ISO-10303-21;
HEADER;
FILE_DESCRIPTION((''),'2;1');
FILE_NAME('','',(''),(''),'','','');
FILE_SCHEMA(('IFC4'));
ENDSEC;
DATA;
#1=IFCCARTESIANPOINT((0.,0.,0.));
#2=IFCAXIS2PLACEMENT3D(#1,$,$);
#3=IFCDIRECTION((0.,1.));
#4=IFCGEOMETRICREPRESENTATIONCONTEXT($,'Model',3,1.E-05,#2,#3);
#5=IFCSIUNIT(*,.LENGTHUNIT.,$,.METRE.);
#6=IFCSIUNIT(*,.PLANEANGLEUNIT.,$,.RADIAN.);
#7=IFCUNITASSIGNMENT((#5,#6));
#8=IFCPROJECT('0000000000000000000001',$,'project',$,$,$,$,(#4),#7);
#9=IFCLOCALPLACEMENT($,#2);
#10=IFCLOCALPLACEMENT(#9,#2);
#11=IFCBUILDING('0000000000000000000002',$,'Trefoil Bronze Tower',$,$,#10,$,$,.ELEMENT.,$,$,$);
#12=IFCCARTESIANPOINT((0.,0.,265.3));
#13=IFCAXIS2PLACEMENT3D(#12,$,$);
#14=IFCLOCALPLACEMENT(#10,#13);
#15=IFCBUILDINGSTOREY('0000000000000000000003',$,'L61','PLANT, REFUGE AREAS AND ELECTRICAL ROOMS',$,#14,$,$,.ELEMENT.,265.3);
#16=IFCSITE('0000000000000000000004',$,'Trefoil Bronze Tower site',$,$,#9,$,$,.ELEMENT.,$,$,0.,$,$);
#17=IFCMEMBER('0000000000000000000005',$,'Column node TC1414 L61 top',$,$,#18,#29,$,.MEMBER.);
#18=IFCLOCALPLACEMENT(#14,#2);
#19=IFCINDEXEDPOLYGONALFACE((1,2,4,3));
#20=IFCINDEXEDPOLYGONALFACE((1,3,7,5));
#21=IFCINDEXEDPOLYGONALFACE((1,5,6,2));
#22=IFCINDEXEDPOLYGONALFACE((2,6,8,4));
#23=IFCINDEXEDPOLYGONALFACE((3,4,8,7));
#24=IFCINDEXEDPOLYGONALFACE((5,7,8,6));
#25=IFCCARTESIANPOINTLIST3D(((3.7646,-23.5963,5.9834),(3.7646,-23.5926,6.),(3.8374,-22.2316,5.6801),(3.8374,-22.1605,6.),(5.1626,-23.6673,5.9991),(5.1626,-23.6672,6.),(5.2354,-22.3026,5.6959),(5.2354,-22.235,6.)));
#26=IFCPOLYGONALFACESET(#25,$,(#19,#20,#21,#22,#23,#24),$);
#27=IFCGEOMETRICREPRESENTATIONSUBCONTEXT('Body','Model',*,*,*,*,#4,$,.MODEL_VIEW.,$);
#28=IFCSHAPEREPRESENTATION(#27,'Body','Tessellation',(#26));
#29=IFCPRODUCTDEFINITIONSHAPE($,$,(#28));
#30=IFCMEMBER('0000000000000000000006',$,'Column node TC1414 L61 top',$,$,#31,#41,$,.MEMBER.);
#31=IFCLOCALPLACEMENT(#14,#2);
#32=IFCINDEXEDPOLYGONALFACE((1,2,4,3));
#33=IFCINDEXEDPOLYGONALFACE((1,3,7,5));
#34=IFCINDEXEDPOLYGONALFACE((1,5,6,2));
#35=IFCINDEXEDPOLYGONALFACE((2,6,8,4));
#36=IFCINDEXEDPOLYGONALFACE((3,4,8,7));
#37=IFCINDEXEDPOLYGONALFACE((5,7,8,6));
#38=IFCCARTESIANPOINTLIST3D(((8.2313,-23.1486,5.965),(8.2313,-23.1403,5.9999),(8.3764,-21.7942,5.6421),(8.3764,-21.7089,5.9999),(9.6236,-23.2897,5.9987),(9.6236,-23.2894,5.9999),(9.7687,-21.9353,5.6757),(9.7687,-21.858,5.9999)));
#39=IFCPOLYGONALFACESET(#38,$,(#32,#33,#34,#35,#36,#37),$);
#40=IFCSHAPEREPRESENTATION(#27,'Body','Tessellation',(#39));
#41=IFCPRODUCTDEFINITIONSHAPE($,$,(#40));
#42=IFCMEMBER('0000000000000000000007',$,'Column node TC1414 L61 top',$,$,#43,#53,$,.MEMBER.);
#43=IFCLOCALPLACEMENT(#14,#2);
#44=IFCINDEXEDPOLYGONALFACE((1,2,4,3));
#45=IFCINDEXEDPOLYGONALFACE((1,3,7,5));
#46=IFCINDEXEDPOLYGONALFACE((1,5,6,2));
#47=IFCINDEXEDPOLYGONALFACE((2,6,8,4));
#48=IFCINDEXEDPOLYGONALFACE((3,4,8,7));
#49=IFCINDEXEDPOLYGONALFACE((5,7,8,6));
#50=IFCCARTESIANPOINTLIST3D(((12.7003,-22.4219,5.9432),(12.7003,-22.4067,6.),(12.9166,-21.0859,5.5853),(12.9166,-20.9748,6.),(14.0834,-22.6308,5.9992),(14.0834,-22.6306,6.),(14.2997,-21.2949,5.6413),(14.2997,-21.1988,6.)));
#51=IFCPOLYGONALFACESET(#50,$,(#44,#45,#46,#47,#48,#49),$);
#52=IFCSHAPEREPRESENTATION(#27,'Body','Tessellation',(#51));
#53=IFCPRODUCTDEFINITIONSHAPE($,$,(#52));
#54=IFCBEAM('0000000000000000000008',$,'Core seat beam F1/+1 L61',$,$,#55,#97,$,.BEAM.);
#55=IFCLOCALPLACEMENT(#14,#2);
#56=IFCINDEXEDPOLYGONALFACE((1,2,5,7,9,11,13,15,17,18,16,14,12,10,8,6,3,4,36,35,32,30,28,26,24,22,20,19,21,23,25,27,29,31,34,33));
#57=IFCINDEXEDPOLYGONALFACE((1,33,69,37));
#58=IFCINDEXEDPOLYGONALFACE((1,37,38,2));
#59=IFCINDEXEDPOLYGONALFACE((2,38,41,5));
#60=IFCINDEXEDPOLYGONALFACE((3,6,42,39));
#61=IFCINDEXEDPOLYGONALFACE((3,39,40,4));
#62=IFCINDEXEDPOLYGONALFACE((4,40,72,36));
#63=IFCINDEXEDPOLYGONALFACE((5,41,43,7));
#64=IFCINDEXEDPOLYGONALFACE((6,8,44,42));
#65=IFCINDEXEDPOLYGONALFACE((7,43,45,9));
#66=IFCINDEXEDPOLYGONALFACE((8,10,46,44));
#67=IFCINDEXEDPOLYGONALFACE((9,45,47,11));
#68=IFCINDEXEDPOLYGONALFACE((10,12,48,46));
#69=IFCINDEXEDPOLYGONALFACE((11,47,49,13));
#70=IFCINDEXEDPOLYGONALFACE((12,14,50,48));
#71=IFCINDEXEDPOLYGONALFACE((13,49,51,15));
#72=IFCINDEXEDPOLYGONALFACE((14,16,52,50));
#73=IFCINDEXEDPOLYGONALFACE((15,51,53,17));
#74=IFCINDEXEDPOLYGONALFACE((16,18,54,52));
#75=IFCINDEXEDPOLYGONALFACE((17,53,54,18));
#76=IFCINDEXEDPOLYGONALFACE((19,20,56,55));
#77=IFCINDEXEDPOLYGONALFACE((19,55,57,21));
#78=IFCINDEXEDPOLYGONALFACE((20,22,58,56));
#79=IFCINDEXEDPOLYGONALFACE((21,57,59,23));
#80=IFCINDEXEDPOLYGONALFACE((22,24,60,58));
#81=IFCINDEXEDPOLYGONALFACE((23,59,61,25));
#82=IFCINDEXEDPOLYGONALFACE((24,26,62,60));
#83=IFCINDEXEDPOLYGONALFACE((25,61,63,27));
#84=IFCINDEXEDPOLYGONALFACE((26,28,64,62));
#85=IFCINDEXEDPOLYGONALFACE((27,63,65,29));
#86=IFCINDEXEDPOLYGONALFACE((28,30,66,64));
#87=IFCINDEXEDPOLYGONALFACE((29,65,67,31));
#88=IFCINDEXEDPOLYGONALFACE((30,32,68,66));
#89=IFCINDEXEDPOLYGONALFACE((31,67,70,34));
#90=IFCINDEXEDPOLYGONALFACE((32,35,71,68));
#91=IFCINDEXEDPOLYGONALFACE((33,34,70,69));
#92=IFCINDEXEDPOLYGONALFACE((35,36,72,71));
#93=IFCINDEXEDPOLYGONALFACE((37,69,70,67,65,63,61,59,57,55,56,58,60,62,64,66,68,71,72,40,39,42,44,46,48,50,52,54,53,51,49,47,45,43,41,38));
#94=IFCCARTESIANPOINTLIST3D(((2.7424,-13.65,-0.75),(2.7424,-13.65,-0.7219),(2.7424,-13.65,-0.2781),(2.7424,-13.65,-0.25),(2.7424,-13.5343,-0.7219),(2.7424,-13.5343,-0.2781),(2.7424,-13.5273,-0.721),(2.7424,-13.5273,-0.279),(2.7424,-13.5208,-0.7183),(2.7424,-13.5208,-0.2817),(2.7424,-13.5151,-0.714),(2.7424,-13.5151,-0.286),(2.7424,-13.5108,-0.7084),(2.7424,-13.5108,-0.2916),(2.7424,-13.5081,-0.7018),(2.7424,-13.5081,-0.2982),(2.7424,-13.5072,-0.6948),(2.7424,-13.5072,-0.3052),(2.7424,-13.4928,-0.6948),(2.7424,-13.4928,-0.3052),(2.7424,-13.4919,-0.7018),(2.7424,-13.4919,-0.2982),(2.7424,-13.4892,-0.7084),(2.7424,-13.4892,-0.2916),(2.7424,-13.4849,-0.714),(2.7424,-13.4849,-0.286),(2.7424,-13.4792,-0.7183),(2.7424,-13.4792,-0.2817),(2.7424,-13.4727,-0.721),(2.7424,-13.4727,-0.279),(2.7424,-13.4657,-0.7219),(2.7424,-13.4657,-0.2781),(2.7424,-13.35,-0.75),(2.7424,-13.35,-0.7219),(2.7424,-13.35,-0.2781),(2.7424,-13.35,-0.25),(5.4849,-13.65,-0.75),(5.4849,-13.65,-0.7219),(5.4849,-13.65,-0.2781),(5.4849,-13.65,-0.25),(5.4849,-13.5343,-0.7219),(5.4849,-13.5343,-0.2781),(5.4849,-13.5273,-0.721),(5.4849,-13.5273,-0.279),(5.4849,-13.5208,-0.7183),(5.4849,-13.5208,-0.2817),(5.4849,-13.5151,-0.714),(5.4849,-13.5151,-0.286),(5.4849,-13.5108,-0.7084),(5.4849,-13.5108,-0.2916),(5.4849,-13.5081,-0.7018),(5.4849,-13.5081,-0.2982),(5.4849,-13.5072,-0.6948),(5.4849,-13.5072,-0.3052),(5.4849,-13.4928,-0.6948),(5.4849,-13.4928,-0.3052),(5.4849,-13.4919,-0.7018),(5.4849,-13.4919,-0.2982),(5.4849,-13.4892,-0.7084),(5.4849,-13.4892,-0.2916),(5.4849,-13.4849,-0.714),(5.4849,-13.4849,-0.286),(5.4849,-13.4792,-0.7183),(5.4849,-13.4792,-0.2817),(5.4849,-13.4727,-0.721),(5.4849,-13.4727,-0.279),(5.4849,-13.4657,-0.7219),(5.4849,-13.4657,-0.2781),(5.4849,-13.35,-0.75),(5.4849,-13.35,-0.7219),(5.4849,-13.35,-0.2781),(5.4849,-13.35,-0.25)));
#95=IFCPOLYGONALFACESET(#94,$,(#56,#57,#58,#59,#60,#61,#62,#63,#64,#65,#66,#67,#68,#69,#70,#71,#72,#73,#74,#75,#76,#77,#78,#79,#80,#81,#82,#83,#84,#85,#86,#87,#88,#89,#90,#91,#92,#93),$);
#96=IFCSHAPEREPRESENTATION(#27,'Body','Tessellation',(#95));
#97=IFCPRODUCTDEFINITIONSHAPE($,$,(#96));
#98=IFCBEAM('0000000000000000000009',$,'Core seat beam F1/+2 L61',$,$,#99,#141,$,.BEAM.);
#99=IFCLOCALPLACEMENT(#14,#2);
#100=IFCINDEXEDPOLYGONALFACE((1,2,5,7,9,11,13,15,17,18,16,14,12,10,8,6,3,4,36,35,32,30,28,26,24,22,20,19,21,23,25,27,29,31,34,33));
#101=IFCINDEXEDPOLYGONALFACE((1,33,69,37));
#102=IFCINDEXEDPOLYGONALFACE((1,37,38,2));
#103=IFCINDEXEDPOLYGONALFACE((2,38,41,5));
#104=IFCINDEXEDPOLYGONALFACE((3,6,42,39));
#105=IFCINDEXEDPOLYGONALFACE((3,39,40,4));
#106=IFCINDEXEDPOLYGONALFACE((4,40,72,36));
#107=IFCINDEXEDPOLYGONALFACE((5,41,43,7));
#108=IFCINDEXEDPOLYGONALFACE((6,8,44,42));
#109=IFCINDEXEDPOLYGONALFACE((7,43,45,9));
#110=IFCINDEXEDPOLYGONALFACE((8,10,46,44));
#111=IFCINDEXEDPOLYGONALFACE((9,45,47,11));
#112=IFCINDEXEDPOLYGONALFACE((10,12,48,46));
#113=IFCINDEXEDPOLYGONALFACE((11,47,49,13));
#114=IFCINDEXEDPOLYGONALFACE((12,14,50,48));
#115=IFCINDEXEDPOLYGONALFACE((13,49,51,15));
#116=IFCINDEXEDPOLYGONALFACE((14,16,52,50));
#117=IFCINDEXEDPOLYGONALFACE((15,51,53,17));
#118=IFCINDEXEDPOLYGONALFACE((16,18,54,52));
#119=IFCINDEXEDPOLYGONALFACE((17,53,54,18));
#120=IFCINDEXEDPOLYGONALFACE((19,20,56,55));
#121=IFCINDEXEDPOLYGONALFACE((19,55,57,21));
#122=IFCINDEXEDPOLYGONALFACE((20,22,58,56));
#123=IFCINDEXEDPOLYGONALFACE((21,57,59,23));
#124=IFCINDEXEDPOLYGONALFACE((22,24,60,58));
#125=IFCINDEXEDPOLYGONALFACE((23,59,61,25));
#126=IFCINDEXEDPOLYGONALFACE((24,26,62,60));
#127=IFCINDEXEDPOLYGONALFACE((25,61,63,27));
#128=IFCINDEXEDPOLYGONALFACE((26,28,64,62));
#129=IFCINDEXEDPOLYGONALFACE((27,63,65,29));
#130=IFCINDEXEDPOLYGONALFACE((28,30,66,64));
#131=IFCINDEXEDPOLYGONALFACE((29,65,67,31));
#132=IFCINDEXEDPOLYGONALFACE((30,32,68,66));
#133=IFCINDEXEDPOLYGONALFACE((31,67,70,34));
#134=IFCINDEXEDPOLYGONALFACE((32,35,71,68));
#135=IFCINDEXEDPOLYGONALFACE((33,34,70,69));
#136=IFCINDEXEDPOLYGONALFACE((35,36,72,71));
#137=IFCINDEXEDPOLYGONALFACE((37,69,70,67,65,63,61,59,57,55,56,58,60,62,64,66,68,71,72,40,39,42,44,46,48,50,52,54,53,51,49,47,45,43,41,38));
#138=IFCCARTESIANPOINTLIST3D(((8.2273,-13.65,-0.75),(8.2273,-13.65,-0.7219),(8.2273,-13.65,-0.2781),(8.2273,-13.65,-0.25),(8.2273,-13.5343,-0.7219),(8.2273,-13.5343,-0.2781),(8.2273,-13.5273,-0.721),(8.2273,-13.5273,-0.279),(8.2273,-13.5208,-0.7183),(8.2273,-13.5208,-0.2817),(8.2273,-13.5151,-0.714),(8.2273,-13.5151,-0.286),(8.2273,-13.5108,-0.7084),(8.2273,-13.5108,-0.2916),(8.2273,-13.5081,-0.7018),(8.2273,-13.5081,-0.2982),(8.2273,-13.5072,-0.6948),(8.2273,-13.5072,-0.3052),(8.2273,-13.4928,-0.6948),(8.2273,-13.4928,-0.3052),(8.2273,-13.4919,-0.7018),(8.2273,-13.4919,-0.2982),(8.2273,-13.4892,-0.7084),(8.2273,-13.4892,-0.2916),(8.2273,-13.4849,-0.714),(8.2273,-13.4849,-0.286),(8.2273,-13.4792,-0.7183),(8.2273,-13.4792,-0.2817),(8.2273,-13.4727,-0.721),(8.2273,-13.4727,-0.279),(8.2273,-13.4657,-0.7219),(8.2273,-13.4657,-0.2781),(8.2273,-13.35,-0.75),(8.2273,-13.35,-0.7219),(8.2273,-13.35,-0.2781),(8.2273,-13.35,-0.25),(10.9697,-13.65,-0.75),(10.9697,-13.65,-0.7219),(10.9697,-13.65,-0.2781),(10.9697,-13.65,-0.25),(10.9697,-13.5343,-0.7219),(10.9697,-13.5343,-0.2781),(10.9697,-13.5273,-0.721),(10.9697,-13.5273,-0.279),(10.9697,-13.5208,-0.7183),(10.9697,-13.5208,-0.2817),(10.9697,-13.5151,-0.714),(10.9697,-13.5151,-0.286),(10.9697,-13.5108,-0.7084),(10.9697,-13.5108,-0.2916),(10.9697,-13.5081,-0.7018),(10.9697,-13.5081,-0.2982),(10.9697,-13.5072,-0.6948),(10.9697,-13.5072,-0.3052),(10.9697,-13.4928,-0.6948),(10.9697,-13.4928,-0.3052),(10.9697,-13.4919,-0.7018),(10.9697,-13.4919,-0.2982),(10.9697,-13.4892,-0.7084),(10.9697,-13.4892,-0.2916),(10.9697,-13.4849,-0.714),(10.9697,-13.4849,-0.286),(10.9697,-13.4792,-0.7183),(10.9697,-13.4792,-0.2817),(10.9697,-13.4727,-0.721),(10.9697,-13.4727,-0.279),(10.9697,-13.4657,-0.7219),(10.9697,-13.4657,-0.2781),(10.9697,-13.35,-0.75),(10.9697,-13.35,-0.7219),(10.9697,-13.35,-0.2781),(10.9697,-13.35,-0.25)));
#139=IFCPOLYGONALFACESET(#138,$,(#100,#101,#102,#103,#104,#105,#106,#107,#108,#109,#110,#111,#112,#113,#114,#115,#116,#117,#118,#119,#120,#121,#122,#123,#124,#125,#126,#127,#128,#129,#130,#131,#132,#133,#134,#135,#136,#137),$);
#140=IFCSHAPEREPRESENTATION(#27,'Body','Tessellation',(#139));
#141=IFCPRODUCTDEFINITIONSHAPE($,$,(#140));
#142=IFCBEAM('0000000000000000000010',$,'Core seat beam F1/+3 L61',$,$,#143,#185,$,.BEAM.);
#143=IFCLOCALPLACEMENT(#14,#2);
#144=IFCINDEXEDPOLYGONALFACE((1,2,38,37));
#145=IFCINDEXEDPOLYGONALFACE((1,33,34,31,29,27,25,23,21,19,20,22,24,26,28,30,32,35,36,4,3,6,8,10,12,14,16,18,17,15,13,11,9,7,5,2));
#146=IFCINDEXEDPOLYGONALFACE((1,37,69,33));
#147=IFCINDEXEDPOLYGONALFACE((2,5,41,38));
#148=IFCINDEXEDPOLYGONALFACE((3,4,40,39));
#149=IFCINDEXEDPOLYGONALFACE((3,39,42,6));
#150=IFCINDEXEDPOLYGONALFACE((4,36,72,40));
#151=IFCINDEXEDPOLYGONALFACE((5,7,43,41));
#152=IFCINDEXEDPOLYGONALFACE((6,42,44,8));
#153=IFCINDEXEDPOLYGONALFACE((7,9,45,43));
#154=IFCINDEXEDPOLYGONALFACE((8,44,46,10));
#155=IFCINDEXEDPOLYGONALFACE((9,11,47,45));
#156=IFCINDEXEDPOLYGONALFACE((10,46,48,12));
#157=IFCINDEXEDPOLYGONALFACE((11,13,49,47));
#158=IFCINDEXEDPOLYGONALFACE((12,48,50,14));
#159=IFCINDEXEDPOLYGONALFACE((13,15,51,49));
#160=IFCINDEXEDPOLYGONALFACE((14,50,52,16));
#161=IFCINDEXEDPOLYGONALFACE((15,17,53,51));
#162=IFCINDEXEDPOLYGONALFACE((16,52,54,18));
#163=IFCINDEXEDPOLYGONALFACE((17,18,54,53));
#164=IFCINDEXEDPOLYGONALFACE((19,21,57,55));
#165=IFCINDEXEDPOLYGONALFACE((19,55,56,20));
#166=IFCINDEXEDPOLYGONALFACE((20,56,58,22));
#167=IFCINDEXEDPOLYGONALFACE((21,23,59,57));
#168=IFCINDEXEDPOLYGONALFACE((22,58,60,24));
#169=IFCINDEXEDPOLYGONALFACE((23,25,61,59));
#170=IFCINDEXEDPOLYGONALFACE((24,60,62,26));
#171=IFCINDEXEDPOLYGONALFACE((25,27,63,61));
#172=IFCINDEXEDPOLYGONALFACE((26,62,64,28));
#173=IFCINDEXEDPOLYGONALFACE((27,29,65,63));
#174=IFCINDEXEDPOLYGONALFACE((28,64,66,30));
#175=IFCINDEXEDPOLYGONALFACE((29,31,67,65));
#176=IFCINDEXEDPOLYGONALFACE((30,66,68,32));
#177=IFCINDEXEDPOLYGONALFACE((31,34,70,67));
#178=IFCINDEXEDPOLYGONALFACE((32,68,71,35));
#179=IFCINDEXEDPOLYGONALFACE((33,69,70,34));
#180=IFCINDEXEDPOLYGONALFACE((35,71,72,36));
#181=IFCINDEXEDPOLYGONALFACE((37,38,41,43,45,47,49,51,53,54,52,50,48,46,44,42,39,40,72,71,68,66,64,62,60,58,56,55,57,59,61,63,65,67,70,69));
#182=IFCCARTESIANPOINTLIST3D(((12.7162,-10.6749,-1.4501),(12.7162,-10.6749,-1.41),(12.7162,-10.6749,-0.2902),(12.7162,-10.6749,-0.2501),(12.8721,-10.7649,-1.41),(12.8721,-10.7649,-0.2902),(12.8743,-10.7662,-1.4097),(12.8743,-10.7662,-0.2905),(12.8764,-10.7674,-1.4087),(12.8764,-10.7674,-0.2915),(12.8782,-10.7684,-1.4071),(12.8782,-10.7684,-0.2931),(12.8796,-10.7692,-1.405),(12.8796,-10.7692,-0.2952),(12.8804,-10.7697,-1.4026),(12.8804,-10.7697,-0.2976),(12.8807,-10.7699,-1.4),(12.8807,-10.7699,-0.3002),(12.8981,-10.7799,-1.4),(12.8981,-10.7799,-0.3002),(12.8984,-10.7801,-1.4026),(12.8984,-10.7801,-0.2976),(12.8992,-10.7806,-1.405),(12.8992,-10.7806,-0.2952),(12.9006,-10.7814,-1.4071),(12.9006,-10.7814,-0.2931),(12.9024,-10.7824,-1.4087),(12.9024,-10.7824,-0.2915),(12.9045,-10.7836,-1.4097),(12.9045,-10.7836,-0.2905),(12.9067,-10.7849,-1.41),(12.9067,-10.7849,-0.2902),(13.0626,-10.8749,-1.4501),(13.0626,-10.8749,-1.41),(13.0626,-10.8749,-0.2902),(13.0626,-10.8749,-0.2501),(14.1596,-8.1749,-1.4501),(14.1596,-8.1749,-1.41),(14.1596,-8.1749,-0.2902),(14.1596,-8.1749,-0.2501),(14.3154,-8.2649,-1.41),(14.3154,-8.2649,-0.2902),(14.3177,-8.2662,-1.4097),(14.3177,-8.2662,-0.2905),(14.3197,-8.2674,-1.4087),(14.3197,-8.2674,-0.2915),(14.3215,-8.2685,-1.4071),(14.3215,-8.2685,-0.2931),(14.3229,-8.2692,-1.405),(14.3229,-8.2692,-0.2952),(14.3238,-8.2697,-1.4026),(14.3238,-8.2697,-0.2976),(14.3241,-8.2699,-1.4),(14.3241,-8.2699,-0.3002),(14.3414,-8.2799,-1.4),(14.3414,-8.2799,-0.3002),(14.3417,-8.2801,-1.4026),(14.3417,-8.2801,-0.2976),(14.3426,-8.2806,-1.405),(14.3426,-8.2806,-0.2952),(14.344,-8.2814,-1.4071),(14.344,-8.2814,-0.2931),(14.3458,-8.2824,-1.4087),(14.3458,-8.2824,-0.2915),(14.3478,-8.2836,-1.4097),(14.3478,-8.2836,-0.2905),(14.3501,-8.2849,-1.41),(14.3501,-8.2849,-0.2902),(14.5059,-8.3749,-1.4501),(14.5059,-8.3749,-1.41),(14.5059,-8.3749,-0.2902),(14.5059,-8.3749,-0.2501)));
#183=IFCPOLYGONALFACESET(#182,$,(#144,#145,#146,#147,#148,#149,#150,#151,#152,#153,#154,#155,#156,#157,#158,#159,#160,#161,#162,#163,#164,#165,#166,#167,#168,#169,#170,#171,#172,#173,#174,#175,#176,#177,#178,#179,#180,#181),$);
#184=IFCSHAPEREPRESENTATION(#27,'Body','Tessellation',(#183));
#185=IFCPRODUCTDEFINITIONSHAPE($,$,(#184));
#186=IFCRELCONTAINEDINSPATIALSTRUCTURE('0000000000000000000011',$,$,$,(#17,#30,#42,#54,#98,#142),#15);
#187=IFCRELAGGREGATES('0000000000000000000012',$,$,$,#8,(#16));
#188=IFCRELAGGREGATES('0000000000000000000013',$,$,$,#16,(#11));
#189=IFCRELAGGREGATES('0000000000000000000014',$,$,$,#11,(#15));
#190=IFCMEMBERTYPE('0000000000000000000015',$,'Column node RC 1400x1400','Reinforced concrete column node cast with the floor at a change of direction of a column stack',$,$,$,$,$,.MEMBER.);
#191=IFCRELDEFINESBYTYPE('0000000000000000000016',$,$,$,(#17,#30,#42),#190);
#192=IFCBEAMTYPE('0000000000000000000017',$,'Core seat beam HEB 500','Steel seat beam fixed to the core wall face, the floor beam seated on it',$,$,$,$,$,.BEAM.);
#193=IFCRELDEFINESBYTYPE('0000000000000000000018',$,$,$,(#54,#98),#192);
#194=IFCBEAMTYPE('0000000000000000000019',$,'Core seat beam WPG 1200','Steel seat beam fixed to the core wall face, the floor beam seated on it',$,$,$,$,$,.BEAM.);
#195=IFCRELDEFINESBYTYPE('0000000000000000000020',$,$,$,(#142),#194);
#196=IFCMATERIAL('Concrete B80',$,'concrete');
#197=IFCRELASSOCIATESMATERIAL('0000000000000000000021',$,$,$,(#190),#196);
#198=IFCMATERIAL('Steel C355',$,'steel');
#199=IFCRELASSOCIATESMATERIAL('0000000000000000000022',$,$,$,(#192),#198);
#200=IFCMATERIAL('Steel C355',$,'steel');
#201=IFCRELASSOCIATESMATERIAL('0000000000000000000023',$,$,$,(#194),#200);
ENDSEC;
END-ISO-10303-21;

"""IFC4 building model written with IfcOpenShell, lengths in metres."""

from ifc_helpers import new_model, si_unit, direction, frame, origin, origin_2d, place, context, subcontext, project, spatial, rectangle, i_section, extrude, clip, halfspace, material, material_profile, profile_set, type_object, element, save


model = new_model("IFC4")

# Units and contexts
model_context = context("Model", 3, precision=1e-05, world=origin(), true_north=direction((0.0, 1.0)))
body_context = subcontext(model_context, "Body", "Model", "MODEL_VIEW")
ifc_project = project(units=[si_unit("LENGTHUNIT", "METRE"), si_unit("PLANEANGLEUNIT", "RADIAN")], contexts=[model_context])

# Site, building, storey
site_placement = place(None, origin())
site = spatial("IfcSite", under=ifc_project, at=site_placement, Name="Trefoil Bronze Tower site", CompositionType="ELEMENT", RefElevation=0.0)
building_placement = place(site_placement, origin())
building = spatial("IfcBuilding", under=site, at=building_placement, Name="Trefoil Bronze Tower", CompositionType="ELEMENT")
storey_placement = place(building_placement, frame((0.0, 0.0, 265.3)))
storey = spatial("IfcBuildingStorey", under=building, at=storey_placement, Name="L61", Description="PLANT, REFUGE AREAS AND ELECTRICAL ROOMS", CompositionType="ELEMENT", Elevation=265.3)

# Members
ifc_material_1 = material(Name="Concrete B80", Category="concrete")
ifc_material_profile_1 = material_profile(ifc_material_1, rectangle(XDim=1.3999, YDim=1.3999, at=origin_2d()), Name="RC 1400x1400")
ifc_profile_set_1 = profile_set([ifc_material_profile_1], Name="Concrete B80")
member_type_1 = type_object("IfcMemberType", Name="Column node RC 1400x1400", Description="Reinforced concrete column node cast with the floor at a change of direction of a column stack", PredefinedType="MEMBER", material=ifc_profile_set_1)
member_1_placement = place(storey_placement, frame((4.5, -22.8782, 6.1604), z_axis=(0.0, -0.21693, -0.976187), x_axis=(-0.998647, 0.050755, -0.011279)))
element("IfcMember", 1, at=member_1_placement, inside=storey, type_object=member_type_1, Name="Column node TC1414 L61 top", PredefinedType="MEMBER", context=body_context, shape_type="Clipping", body=[
    clip(extrude(rectangle(XDim=1.3999, YDim=1.3999, at=origin_2d()), origin(), (0.0, 0.0, 1.0), 0.3286), halfspace(frame((0.0, 0.0, 0.1643), z_axis=(0.011279, 0.216637, 0.976187), x_axis=(0.0, 0.976249, -0.216651)), True)),
])
member_2_placement = place(storey_placement, frame((9.0, -22.4563, 6.1797), z_axis=(0.0, -0.231948, -0.972728), x_axis=(-0.994615, 0.10081, -0.024038)))
element("IfcMember", 2, at=member_2_placement, inside=storey, type_object=member_type_1, Name="Column node TC1414 L61 top", PredefinedType="MEMBER", context=body_context, shape_type="Clipping", body=[
    clip(extrude(rectangle(XDim=1.3999, YDim=1.3999, at=origin_2d()), origin(), (0.0, 0.0, 1.0), 0.3694), halfspace(frame((0.0, 0.0, 0.1848), z_axis=(0.024038, 0.230699, 0.972728), x_axis=(0.0, 0.973009, -0.230766)), True)),
])
member_3_placement = place(storey_placement, frame((13.5, -21.7471, 6.2078), z_axis=(0.0, -0.258793, -0.965933), x_axis=(-0.987992, 0.149243, -0.039985)))
element("IfcMember", 3, at=member_3_placement, inside=storey, type_object=member_type_1, Name="Column node TC1414 L61 top", PredefinedType="MEMBER", context=body_context, shape_type="Clipping", body=[
    clip(extrude(rectangle(XDim=1.3999, YDim=1.3999, at=origin_2d()), origin(), (0.0, 0.0, 1.0), 0.4302), halfspace(frame((0.0, 0.0, 0.2151), z_axis=(0.039985, 0.255685, 0.965933), x_axis=(0.0, 0.966706, -0.25589)), True)),
])

# Beams
ifc_material_2 = material(Name="Steel C355", Category="steel")
ifc_material_profile_2 = material_profile(ifc_material_2, i_section(OverallWidth=0.3, OverallDepth=0.5, WebThickness=0.0144, FlangeThickness=0.0281, FilletRadius=0.0271, at=origin_2d()), Name="HEB 500")
ifc_profile_set_2 = profile_set([ifc_material_profile_2], Name="Steel C355")
beam_type_1 = type_object("IfcBeamType", Name="Core seat beam HEB 500", Description="Steel seat beam fixed to the core wall face, the floor beam seated on it", PredefinedType="BEAM", material=ifc_profile_set_2)
for number, where, z_axis, x_axis, name in (
    (4, (2.7424, -13.5, -0.5), (1.0, 0.0, 0.0), (0.0, 1.0, 0.0), "Core seat beam F1/+1 L61"),
    (5, (8.2273, -13.5, -0.5), (1.0, 0.0, 0.0), (0.0, 1.0, 0.0), "Core seat beam F1/+2 L61"),
):
    element("IfcBeam", number, at=place(storey_placement, frame(where, z_axis=z_axis, x_axis=x_axis)), inside=storey, type_object=beam_type_1, Name=name, PredefinedType="BEAM", context=body_context, shape_type="SweptSolid", body=[
        extrude(i_section(OverallWidth=0.3, OverallDepth=0.5, WebThickness=0.0144, FlangeThickness=0.0281, FilletRadius=0.0271, at=origin_2d()), origin(), (0.0, 0.0, 1.0), 2.7424),
    ])
ifc_material_3 = material(Name="Steel C355", Category="steel")
ifc_material_profile_3 = material_profile(ifc_material_3, i_section(OverallWidth=0.3999, OverallDepth=1.2, WebThickness=0.02, FlangeThickness=0.04, FilletRadius=0.01, at=origin_2d()), Name="WPG 1200")
ifc_profile_set_3 = profile_set([ifc_material_profile_3], Name="Steel C355")
beam_type_2 = type_object("IfcBeamType", Name="Core seat beam WPG 1200", Description="Steel seat beam fixed to the core wall face, the floor beam seated on it", PredefinedType="BEAM", material=ifc_profile_set_3)
beam_1_placement = place(storey_placement, frame((12.8894, -10.7749, -0.8501), z_axis=(0.499996, 0.866028, 0.0), x_axis=(-0.866028, 0.499996, 0.0)))
element("IfcBeam", 6, at=beam_1_placement, inside=storey, type_object=beam_type_2, Name="Core seat beam F1/+3 L61", PredefinedType="BEAM", context=body_context, shape_type="SweptSolid", body=[
    extrude(i_section(OverallWidth=0.3999, OverallDepth=1.2, WebThickness=0.02, FlangeThickness=0.04, FilletRadius=0.01, at=origin_2d()), origin(), (0.0, 0.0, 1.0), 2.8867),
])

save(model, "model.ifc")
